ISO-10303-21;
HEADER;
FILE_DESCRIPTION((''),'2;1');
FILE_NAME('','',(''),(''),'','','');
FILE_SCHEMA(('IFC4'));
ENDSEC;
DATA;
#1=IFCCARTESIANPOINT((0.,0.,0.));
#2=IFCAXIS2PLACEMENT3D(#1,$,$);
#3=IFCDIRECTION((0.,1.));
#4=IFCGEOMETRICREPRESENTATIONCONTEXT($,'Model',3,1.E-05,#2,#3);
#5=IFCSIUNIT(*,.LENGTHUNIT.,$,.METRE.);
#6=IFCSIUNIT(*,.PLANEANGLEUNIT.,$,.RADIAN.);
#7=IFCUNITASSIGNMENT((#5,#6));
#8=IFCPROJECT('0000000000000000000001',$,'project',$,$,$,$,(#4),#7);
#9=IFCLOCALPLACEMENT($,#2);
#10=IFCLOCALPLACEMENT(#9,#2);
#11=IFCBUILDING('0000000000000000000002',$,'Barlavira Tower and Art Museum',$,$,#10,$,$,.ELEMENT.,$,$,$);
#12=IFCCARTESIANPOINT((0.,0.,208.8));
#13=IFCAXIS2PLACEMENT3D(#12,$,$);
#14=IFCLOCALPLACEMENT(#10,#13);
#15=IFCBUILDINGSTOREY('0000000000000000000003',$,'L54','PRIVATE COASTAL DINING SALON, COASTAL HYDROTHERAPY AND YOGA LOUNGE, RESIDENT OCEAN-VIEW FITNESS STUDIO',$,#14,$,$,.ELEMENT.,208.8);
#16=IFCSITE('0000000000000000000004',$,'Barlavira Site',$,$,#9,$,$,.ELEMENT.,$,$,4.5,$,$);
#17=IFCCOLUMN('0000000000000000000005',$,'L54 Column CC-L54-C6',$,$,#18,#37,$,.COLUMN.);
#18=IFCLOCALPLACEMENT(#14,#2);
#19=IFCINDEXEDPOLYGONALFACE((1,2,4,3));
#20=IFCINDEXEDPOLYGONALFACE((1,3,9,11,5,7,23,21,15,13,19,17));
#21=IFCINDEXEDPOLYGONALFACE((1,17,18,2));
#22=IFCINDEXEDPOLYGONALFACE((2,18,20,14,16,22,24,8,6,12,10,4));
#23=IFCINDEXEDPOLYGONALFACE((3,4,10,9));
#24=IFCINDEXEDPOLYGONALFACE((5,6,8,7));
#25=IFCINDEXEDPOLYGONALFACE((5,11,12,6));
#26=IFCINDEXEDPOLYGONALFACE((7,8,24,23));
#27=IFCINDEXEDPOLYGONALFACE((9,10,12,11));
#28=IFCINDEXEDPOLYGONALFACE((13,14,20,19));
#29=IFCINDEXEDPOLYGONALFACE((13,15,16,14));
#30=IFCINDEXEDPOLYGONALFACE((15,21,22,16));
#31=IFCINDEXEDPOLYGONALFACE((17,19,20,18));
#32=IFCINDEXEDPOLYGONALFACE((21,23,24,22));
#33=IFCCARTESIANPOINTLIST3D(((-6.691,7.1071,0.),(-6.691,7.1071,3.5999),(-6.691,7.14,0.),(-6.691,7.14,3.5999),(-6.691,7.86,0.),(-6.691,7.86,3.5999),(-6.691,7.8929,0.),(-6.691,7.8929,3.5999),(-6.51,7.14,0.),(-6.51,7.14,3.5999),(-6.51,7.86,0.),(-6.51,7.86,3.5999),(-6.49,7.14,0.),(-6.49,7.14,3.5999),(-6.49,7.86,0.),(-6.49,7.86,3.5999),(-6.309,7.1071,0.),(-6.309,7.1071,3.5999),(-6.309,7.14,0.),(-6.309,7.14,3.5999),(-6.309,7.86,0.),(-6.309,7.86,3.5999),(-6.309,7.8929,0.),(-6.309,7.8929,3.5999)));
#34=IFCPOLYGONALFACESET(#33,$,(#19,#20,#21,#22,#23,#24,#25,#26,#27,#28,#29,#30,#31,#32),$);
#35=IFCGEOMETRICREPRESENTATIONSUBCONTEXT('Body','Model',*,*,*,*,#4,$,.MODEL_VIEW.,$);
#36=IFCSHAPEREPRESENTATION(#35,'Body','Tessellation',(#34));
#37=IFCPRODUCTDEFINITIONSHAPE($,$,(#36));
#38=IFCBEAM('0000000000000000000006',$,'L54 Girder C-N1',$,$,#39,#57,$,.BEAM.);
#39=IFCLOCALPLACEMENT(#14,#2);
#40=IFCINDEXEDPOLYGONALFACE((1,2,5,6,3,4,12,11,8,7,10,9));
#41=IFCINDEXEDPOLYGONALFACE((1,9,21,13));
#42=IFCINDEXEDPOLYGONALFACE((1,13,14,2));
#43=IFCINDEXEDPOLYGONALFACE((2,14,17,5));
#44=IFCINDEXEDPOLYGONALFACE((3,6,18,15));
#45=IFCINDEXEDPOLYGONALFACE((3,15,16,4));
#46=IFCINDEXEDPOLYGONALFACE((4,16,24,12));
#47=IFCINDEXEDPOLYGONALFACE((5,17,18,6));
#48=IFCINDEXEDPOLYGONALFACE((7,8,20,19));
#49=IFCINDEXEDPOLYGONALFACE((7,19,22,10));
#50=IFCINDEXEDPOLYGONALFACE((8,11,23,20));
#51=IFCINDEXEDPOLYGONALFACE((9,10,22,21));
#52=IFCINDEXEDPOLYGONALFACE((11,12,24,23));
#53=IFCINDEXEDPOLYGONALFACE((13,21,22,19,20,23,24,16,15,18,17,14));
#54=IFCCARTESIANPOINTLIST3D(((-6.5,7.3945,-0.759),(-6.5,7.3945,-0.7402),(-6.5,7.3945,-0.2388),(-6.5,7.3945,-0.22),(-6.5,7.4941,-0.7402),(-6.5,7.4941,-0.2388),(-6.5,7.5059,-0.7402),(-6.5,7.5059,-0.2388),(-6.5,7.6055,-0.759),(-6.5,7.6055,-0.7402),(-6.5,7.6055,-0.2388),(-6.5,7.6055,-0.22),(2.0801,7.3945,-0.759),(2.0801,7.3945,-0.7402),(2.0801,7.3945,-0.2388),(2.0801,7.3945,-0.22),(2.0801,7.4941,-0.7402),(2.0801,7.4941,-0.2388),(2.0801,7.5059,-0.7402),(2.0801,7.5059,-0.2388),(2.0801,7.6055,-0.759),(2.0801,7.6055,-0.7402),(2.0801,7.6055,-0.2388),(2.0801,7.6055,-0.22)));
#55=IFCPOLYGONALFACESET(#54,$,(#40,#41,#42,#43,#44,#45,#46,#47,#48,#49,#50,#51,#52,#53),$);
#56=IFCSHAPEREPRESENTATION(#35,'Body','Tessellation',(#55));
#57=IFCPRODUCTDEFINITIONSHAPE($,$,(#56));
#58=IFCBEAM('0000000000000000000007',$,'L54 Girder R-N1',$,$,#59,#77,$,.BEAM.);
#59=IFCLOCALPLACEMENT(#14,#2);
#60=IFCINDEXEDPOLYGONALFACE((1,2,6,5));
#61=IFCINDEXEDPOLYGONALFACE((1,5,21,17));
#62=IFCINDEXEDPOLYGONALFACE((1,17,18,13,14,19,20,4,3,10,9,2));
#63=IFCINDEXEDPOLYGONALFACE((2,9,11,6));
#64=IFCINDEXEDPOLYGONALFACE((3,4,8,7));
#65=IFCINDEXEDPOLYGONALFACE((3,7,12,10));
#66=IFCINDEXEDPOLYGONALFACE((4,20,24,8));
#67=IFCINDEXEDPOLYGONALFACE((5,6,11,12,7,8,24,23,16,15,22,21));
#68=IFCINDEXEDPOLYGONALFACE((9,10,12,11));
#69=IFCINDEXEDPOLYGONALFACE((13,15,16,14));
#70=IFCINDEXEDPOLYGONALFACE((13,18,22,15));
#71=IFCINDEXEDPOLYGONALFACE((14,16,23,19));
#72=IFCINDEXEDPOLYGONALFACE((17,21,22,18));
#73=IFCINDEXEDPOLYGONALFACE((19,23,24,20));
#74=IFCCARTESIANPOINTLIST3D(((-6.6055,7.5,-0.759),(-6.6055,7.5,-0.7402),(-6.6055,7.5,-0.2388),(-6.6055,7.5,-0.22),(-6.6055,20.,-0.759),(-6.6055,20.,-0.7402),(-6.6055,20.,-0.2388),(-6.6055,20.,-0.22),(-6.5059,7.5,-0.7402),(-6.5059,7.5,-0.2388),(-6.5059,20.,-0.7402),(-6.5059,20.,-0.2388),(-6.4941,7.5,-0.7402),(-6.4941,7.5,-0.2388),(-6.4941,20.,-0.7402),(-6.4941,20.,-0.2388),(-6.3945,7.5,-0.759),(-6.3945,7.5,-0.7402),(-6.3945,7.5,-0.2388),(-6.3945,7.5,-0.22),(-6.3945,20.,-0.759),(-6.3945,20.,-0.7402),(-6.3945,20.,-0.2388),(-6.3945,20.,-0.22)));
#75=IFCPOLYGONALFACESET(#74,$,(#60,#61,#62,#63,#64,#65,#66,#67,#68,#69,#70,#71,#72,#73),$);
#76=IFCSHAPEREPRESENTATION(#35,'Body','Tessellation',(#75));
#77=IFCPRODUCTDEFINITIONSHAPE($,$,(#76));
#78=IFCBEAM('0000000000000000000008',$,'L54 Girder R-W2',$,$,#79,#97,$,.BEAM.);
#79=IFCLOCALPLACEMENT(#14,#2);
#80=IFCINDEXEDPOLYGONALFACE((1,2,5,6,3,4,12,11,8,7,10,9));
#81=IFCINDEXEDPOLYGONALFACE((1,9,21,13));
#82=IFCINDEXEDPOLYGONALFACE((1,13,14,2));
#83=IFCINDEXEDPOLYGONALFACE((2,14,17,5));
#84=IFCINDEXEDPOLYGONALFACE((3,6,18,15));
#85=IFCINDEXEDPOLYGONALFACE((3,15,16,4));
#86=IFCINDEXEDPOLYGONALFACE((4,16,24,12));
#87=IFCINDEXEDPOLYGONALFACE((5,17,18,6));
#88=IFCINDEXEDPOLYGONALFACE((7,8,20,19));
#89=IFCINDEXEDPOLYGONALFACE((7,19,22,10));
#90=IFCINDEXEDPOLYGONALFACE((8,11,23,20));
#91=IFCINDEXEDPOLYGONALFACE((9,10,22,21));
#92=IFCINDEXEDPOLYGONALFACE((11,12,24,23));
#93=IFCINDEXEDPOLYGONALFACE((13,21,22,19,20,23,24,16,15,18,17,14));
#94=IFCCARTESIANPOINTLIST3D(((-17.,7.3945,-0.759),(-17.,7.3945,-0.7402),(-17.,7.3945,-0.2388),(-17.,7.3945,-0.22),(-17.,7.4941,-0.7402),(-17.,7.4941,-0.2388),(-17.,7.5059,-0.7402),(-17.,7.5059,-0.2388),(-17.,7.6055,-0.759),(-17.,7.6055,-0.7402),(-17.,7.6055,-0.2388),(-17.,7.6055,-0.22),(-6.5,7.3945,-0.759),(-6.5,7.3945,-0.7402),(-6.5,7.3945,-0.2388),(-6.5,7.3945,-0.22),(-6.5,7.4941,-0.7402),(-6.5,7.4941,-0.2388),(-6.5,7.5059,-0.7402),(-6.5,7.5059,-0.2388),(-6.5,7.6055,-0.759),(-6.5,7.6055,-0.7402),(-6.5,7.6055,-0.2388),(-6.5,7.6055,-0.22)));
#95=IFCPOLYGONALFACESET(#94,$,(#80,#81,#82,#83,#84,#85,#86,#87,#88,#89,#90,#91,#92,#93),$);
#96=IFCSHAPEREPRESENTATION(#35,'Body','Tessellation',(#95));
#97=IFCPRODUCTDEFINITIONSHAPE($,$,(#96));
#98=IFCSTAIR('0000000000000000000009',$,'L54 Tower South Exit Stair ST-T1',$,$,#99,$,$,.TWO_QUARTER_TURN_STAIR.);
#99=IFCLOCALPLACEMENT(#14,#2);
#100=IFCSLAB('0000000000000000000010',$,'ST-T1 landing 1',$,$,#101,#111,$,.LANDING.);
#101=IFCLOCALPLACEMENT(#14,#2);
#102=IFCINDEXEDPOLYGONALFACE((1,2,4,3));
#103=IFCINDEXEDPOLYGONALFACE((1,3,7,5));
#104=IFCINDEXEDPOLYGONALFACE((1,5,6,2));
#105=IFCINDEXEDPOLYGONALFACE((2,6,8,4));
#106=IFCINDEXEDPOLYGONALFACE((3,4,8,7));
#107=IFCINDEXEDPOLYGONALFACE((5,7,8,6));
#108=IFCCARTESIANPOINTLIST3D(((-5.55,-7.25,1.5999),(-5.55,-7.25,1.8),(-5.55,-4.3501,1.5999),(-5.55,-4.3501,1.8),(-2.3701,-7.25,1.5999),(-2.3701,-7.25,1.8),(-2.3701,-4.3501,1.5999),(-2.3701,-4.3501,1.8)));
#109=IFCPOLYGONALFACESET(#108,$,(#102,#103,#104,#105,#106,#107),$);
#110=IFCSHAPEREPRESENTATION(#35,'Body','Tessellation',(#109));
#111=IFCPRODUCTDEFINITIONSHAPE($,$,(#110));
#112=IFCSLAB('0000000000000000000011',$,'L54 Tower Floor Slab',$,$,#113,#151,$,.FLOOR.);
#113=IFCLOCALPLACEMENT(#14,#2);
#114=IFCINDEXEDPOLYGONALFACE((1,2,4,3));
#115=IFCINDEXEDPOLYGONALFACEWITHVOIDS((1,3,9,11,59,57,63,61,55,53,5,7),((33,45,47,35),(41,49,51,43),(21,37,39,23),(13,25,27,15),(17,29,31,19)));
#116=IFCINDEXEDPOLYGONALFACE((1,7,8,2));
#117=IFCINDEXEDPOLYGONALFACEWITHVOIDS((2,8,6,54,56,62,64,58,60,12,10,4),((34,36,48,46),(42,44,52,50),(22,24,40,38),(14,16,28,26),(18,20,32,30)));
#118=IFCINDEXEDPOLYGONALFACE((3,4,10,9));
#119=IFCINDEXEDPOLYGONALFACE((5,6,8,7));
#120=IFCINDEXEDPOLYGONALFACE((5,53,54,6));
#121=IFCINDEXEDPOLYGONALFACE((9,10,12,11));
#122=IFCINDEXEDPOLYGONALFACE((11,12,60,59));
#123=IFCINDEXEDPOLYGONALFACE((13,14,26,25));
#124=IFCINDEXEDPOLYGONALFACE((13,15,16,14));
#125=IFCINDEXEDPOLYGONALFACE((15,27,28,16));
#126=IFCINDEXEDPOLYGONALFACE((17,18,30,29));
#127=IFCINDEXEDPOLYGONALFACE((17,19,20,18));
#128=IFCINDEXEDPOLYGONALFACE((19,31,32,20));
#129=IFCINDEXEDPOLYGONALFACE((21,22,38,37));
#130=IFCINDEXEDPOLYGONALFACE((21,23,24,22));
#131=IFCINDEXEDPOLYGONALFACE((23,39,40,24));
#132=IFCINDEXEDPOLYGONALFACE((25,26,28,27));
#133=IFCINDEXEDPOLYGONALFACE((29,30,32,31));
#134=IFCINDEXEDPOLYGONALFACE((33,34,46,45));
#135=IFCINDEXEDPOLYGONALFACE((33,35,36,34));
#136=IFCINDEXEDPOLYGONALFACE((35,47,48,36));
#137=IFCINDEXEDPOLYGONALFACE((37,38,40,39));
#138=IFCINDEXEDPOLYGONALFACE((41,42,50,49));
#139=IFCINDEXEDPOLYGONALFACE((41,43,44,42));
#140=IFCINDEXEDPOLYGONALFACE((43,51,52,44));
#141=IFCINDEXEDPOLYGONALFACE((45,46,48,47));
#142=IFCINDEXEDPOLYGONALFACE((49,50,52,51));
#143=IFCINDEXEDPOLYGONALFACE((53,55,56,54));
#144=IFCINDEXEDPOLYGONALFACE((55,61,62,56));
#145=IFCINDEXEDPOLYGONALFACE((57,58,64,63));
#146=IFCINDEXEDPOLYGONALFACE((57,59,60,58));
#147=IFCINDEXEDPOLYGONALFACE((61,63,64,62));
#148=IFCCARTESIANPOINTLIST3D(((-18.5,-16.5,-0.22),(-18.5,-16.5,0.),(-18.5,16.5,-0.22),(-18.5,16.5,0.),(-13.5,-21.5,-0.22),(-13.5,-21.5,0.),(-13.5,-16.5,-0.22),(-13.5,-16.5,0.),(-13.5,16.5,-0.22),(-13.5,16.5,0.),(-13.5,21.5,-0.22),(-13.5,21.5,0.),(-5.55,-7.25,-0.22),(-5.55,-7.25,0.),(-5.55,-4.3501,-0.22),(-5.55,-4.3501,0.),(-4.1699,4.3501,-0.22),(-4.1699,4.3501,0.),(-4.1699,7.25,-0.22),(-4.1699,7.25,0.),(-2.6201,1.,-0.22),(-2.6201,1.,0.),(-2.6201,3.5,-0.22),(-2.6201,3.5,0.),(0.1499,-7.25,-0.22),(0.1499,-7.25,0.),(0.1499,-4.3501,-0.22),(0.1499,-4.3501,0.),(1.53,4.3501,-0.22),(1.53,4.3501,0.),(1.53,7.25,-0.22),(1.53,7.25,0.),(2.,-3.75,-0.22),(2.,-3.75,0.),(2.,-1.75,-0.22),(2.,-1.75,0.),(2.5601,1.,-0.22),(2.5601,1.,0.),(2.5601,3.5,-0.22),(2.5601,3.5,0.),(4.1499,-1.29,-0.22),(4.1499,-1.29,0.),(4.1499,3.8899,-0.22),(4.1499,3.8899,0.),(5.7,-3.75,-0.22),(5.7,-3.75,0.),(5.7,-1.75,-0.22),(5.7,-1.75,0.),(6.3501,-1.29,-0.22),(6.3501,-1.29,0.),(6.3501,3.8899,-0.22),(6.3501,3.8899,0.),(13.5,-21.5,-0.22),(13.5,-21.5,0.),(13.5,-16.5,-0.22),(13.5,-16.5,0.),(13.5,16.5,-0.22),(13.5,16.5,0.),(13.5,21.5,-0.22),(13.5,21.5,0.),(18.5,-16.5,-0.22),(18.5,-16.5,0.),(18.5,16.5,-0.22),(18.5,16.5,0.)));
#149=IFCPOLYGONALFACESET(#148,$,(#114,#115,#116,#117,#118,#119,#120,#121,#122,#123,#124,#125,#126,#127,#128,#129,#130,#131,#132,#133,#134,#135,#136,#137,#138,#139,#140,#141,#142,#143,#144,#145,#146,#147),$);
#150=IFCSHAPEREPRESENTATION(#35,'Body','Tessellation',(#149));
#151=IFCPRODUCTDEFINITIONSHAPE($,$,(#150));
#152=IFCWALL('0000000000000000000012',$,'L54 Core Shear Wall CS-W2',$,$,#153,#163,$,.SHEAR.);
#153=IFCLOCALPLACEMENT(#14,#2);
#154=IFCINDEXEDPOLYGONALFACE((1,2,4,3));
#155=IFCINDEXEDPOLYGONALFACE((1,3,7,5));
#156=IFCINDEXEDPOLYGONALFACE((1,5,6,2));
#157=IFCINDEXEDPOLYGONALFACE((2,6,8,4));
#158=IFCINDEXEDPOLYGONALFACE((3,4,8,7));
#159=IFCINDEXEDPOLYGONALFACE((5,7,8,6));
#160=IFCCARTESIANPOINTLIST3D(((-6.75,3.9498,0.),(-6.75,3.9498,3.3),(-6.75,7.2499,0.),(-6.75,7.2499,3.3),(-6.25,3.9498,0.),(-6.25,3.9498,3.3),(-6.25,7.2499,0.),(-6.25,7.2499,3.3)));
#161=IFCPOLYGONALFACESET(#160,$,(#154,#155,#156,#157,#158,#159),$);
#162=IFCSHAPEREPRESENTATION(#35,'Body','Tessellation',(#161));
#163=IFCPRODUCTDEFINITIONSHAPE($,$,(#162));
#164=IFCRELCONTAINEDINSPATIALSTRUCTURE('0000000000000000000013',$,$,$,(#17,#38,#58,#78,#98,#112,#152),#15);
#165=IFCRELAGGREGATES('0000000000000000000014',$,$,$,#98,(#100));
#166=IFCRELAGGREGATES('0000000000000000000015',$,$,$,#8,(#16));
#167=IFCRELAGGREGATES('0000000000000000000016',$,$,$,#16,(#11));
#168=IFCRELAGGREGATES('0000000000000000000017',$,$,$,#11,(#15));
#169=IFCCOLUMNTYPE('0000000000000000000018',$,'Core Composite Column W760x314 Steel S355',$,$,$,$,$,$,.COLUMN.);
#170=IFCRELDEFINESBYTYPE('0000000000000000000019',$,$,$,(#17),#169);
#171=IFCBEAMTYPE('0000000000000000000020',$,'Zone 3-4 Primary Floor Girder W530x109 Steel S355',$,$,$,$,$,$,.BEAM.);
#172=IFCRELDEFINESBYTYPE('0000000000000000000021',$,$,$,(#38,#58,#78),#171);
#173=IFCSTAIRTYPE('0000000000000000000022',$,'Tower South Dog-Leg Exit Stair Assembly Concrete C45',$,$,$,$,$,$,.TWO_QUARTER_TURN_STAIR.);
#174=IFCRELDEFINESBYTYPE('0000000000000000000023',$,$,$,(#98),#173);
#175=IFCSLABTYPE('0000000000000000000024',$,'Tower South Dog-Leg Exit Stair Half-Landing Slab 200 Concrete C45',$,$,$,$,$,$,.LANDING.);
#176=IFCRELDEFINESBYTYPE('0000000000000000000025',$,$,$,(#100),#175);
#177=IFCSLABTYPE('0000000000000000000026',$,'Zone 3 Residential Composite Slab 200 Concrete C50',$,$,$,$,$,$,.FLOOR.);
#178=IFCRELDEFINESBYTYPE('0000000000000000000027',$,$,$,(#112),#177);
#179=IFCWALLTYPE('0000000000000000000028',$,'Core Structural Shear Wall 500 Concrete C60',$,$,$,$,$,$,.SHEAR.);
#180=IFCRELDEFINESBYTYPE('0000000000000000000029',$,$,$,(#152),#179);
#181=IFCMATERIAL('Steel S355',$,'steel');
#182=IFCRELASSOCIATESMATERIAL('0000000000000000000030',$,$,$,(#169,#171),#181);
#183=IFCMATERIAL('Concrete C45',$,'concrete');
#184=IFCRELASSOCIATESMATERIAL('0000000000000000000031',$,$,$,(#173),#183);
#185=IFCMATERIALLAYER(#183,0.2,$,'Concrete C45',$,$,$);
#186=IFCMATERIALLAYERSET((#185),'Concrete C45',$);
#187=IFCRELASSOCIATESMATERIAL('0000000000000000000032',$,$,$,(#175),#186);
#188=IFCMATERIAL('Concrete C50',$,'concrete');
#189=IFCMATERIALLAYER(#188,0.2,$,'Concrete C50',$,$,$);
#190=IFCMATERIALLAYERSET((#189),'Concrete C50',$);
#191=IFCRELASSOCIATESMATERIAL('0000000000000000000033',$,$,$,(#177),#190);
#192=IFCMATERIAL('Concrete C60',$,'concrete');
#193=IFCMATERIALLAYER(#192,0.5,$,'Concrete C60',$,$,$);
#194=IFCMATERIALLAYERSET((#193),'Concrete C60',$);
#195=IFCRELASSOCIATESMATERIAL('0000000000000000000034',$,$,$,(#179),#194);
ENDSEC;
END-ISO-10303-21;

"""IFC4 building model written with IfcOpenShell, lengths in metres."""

from ifc_helpers import new_model, si_unit, direction, frame, frame_2d, origin, origin_2d, place, context, subcontext, project, spatial, polyline, rectangle, i_section, outline, extrude, material, layer, layer_set, material_profile, profile_set, type_object, element, aggregate, save


model = new_model("IFC4")

# Units and contexts
model_context = context("Model", 3, precision=1e-05, world=origin(), true_north=direction((0.0, 1.0)))
body_context = subcontext(model_context, "Body", "Model", "MODEL_VIEW")
ifc_project = project(units=[si_unit("LENGTHUNIT", "METRE"), si_unit("PLANEANGLEUNIT", "RADIAN")], contexts=[model_context])

# Site, building, storey
site_placement = place(None, origin())
site = spatial("IfcSite", under=ifc_project, at=site_placement, Name="Barlavira Site", CompositionType="ELEMENT", RefElevation=4.5)
building_placement = place(site_placement, origin())
building = spatial("IfcBuilding", under=site, at=building_placement, Name="Barlavira Tower and Art Museum", CompositionType="ELEMENT")
storey_placement = place(building_placement, frame((0.0, 0.0, 208.8)))
storey = spatial("IfcBuildingStorey", under=building, at=storey_placement, Name="L54", Description="PRIVATE COASTAL DINING SALON, COASTAL HYDROTHERAPY AND YOGA LOUNGE, RESIDENT OCEAN-VIEW FITNESS STUDIO", CompositionType="ELEMENT", Elevation=208.8)

# Column
ifc_material_1 = material(Name="Steel S355", Category="steel")
ifc_material_profile_1 = material_profile(ifc_material_1, i_section(OverallWidth=0.3821, OverallDepth=0.7859, WebThickness=0.02, FlangeThickness=0.033, at=origin_2d()), Name="W760x314.0")
ifc_profile_set_1 = profile_set([ifc_material_profile_1], Name="Steel S355")
column_type = type_object("IfcColumnType", Name="Core Composite Column W760x314 Steel S355", PredefinedType="COLUMN", material=ifc_profile_set_1)
column_placement = place(storey_placement, frame((-6.5, 7.5, 0.0), z_axis=(0.0, 0.0, 1.0), x_axis=(1.0, 0.0, 0.0)))
element("IfcColumn", 1, at=column_placement, inside=storey, type_object=column_type, Name="L54 Column CC-L54-C6", PredefinedType="COLUMN", context=body_context, shape_type="SweptSolid", body=[
    extrude(i_section(OverallWidth=0.3821, OverallDepth=0.7859, WebThickness=0.02, FlangeThickness=0.033, at=origin_2d()), origin(), (0.0, 0.0, 1.0), 3.5999),
])

# Beams
ifc_material_profile_2 = material_profile(ifc_material_1, i_section(OverallWidth=0.2109, OverallDepth=0.5391, WebThickness=0.0117, FlangeThickness=0.0188, at=origin_2d()), Name="W530x109.0")
ifc_profile_set_2 = profile_set([ifc_material_profile_2], Name="Steel S355")
beam_type = type_object("IfcBeamType", Name="Zone 3-4 Primary Floor Girder W530x109 Steel S355", PredefinedType="BEAM", material=ifc_profile_set_2)
beam_1_placement = place(storey_placement, frame((-6.5, 7.5, -0.4895), z_axis=(1.0, 0.0, 0.0), x_axis=(0.0, 1.0, 0.0)))
element("IfcBeam", 2, at=beam_1_placement, inside=storey, type_object=beam_type, Name="L54 Girder C-N1", PredefinedType="BEAM", context=body_context, shape_type="SweptSolid", body=[
    extrude(i_section(OverallWidth=0.2109, OverallDepth=0.5391, WebThickness=0.0117, FlangeThickness=0.0188, at=origin_2d()), origin(), (0.0, 0.0, 1.0), 8.5801),
])
beam_2_placement = place(storey_placement, frame((-6.5, 7.5, -0.4895), z_axis=(0.0, 1.0, 0.0), x_axis=(-1.0, 0.0, 0.0)))
element("IfcBeam", 3, at=beam_2_placement, inside=storey, type_object=beam_type, Name="L54 Girder R-N1", PredefinedType="BEAM", context=body_context, shape_type="SweptSolid", body=[
    extrude(i_section(OverallWidth=0.2109, OverallDepth=0.5391, WebThickness=0.0117, FlangeThickness=0.0188, at=origin_2d()), origin(), (0.0, 0.0, 1.0), 12.5),
])
beam_3_placement = place(storey_placement, frame((-17.0, 7.5, -0.4895), z_axis=(1.0, 0.0, 0.0), x_axis=(0.0, 1.0, 0.0)))
element("IfcBeam", 4, at=beam_3_placement, inside=storey, type_object=beam_type, Name="L54 Girder R-W2", PredefinedType="BEAM", context=body_context, shape_type="SweptSolid", body=[
    extrude(i_section(OverallWidth=0.2109, OverallDepth=0.5391, WebThickness=0.0117, FlangeThickness=0.0188, at=origin_2d()), origin(), (0.0, 0.0, 1.0), 10.5),
])

# Stair, slab
ifc_material_2 = material(Name="Concrete C45", Category="concrete")
stair_type_1 = type_object("IfcStairType", Name="Tower South Dog-Leg Exit Stair Assembly Concrete C45", PredefinedType="TWO_QUARTER_TURN_STAIR", material=ifc_material_2)
stair_1_placement = place(storey_placement, origin())
stair_1 = element("IfcStair", 5, at=stair_1_placement, inside=storey, type_object=stair_type_1, Name="L54 Tower South Exit Stair ST-T1", PredefinedType="TWO_QUARTER_TURN_STAIR")
ifc_layer_1 = layer(ifc_material_2, 0.2, Name="Concrete C45")
ifc_layer_set_1 = layer_set([ifc_layer_1], Name="Concrete C45")
slab_type_1 = type_object("IfcSlabType", Name="Tower South Dog-Leg Exit Stair Half-Landing Slab 200 Concrete C45", PredefinedType="LANDING", material=ifc_layer_set_1)
slab_1_placement = place(storey_placement, frame((0.0, 0.0, 1.5999)))
slab_1 = element("IfcSlab", 6, at=slab_1_placement, type_object=slab_type_1, Name="ST-T1 landing 1", PredefinedType="LANDING", context=body_context, shape_type="SweptSolid", body=[
    extrude(outline(polyline([(-2.3701, -4.3501), (-5.55, -4.3501), (-5.55, -7.25), (-2.3701, -7.25), (-2.3701, -4.3501)])), origin(), (0.0, 0.0, 1.0), 0.2002),
])
aggregate(stair_1, [slab_1])

# Slab
ifc_material_3 = material(Name="Concrete C50", Category="concrete")
ifc_layer_2 = layer(ifc_material_3, 0.2, Name="Concrete C50")
ifc_layer_set_2 = layer_set([ifc_layer_2], Name="Concrete C50")
slab_type_2 = type_object("IfcSlabType", Name="Zone 3 Residential Composite Slab 200 Concrete C50", PredefinedType="FLOOR", material=ifc_layer_set_2)
slab_2_placement = place(storey_placement, frame((0.0, 0.0, -0.22)))
element("IfcSlab", 7, at=slab_2_placement, inside=storey, type_object=slab_type_2, Name="L54 Tower Floor Slab", PredefinedType="FLOOR", context=body_context, shape_type="SweptSolid", body=[
    extrude(outline(polyline([(-13.5, -21.5), (13.5, -21.5), (13.5, -16.5), (18.5, -16.5), (18.5, 16.5), (13.5, 16.5), (13.5, 21.5), (-13.5, 21.5), (-13.5, 16.5), (-18.5, 16.5), (-18.5, -16.5), (-13.5, -16.5), (-13.5, -21.5)]), holes=[polyline([(0.1499, -4.3501), (-5.55, -4.3501), (-5.55, -7.25), (0.1499, -7.25), (0.1499, -4.3501)]), polyline([(-4.1699, 4.3501), (1.53, 4.3501), (1.53, 7.25), (-4.1699, 7.25), (-4.1699, 4.3501)]), polyline([(4.1499, -1.29), (6.3501, -1.29), (6.3501, 3.8899), (4.1499, 3.8899), (4.1499, -1.29)]), polyline([(-2.6201, 1.0), (2.5601, 1.0), (2.5601, 3.5), (-2.6201, 3.5), (-2.6201, 1.0)]), polyline([(2.0, -3.75), (5.7, -3.75), (5.7, -1.75), (2.0, -1.75), (2.0, -3.75)])]), origin(), (0.0, 0.0, 1.0), 0.22),
])

# Shared definitions
ifc_material_4 = material(Name="Concrete C60", Category="concrete")
ifc_layer_3 = layer(ifc_material_4, 0.5, Name="Concrete C60")
ifc_layer_set_3 = layer_set([ifc_layer_3], Name="Concrete C60")
wall_type_1 = type_object("IfcWallType", Name="Core Structural Shear Wall 500 Concrete C60", PredefinedType="SHEAR", material=ifc_layer_set_3)

# Wall
wall_1_placement = place(storey_placement, frame((-6.5, 3.95, 0.0), z_axis=(0.0, 0.0, 1.0), x_axis=(0.0, 1.0, 0.0)))
element("IfcWall", 8, at=wall_1_placement, inside=storey, type_object=wall_type_1, Name="L54 Core Shear Wall CS-W2", PredefinedType="SHEAR", context=body_context, shape_type="SweptSolid", body=[
    extrude(rectangle(XDim=3.3, YDim=0.5, at=frame_2d((1.6499, 0.0))), origin(), (0.0, 0.0, 1.0), 3.3),
])

save(model, "model.ifc")
